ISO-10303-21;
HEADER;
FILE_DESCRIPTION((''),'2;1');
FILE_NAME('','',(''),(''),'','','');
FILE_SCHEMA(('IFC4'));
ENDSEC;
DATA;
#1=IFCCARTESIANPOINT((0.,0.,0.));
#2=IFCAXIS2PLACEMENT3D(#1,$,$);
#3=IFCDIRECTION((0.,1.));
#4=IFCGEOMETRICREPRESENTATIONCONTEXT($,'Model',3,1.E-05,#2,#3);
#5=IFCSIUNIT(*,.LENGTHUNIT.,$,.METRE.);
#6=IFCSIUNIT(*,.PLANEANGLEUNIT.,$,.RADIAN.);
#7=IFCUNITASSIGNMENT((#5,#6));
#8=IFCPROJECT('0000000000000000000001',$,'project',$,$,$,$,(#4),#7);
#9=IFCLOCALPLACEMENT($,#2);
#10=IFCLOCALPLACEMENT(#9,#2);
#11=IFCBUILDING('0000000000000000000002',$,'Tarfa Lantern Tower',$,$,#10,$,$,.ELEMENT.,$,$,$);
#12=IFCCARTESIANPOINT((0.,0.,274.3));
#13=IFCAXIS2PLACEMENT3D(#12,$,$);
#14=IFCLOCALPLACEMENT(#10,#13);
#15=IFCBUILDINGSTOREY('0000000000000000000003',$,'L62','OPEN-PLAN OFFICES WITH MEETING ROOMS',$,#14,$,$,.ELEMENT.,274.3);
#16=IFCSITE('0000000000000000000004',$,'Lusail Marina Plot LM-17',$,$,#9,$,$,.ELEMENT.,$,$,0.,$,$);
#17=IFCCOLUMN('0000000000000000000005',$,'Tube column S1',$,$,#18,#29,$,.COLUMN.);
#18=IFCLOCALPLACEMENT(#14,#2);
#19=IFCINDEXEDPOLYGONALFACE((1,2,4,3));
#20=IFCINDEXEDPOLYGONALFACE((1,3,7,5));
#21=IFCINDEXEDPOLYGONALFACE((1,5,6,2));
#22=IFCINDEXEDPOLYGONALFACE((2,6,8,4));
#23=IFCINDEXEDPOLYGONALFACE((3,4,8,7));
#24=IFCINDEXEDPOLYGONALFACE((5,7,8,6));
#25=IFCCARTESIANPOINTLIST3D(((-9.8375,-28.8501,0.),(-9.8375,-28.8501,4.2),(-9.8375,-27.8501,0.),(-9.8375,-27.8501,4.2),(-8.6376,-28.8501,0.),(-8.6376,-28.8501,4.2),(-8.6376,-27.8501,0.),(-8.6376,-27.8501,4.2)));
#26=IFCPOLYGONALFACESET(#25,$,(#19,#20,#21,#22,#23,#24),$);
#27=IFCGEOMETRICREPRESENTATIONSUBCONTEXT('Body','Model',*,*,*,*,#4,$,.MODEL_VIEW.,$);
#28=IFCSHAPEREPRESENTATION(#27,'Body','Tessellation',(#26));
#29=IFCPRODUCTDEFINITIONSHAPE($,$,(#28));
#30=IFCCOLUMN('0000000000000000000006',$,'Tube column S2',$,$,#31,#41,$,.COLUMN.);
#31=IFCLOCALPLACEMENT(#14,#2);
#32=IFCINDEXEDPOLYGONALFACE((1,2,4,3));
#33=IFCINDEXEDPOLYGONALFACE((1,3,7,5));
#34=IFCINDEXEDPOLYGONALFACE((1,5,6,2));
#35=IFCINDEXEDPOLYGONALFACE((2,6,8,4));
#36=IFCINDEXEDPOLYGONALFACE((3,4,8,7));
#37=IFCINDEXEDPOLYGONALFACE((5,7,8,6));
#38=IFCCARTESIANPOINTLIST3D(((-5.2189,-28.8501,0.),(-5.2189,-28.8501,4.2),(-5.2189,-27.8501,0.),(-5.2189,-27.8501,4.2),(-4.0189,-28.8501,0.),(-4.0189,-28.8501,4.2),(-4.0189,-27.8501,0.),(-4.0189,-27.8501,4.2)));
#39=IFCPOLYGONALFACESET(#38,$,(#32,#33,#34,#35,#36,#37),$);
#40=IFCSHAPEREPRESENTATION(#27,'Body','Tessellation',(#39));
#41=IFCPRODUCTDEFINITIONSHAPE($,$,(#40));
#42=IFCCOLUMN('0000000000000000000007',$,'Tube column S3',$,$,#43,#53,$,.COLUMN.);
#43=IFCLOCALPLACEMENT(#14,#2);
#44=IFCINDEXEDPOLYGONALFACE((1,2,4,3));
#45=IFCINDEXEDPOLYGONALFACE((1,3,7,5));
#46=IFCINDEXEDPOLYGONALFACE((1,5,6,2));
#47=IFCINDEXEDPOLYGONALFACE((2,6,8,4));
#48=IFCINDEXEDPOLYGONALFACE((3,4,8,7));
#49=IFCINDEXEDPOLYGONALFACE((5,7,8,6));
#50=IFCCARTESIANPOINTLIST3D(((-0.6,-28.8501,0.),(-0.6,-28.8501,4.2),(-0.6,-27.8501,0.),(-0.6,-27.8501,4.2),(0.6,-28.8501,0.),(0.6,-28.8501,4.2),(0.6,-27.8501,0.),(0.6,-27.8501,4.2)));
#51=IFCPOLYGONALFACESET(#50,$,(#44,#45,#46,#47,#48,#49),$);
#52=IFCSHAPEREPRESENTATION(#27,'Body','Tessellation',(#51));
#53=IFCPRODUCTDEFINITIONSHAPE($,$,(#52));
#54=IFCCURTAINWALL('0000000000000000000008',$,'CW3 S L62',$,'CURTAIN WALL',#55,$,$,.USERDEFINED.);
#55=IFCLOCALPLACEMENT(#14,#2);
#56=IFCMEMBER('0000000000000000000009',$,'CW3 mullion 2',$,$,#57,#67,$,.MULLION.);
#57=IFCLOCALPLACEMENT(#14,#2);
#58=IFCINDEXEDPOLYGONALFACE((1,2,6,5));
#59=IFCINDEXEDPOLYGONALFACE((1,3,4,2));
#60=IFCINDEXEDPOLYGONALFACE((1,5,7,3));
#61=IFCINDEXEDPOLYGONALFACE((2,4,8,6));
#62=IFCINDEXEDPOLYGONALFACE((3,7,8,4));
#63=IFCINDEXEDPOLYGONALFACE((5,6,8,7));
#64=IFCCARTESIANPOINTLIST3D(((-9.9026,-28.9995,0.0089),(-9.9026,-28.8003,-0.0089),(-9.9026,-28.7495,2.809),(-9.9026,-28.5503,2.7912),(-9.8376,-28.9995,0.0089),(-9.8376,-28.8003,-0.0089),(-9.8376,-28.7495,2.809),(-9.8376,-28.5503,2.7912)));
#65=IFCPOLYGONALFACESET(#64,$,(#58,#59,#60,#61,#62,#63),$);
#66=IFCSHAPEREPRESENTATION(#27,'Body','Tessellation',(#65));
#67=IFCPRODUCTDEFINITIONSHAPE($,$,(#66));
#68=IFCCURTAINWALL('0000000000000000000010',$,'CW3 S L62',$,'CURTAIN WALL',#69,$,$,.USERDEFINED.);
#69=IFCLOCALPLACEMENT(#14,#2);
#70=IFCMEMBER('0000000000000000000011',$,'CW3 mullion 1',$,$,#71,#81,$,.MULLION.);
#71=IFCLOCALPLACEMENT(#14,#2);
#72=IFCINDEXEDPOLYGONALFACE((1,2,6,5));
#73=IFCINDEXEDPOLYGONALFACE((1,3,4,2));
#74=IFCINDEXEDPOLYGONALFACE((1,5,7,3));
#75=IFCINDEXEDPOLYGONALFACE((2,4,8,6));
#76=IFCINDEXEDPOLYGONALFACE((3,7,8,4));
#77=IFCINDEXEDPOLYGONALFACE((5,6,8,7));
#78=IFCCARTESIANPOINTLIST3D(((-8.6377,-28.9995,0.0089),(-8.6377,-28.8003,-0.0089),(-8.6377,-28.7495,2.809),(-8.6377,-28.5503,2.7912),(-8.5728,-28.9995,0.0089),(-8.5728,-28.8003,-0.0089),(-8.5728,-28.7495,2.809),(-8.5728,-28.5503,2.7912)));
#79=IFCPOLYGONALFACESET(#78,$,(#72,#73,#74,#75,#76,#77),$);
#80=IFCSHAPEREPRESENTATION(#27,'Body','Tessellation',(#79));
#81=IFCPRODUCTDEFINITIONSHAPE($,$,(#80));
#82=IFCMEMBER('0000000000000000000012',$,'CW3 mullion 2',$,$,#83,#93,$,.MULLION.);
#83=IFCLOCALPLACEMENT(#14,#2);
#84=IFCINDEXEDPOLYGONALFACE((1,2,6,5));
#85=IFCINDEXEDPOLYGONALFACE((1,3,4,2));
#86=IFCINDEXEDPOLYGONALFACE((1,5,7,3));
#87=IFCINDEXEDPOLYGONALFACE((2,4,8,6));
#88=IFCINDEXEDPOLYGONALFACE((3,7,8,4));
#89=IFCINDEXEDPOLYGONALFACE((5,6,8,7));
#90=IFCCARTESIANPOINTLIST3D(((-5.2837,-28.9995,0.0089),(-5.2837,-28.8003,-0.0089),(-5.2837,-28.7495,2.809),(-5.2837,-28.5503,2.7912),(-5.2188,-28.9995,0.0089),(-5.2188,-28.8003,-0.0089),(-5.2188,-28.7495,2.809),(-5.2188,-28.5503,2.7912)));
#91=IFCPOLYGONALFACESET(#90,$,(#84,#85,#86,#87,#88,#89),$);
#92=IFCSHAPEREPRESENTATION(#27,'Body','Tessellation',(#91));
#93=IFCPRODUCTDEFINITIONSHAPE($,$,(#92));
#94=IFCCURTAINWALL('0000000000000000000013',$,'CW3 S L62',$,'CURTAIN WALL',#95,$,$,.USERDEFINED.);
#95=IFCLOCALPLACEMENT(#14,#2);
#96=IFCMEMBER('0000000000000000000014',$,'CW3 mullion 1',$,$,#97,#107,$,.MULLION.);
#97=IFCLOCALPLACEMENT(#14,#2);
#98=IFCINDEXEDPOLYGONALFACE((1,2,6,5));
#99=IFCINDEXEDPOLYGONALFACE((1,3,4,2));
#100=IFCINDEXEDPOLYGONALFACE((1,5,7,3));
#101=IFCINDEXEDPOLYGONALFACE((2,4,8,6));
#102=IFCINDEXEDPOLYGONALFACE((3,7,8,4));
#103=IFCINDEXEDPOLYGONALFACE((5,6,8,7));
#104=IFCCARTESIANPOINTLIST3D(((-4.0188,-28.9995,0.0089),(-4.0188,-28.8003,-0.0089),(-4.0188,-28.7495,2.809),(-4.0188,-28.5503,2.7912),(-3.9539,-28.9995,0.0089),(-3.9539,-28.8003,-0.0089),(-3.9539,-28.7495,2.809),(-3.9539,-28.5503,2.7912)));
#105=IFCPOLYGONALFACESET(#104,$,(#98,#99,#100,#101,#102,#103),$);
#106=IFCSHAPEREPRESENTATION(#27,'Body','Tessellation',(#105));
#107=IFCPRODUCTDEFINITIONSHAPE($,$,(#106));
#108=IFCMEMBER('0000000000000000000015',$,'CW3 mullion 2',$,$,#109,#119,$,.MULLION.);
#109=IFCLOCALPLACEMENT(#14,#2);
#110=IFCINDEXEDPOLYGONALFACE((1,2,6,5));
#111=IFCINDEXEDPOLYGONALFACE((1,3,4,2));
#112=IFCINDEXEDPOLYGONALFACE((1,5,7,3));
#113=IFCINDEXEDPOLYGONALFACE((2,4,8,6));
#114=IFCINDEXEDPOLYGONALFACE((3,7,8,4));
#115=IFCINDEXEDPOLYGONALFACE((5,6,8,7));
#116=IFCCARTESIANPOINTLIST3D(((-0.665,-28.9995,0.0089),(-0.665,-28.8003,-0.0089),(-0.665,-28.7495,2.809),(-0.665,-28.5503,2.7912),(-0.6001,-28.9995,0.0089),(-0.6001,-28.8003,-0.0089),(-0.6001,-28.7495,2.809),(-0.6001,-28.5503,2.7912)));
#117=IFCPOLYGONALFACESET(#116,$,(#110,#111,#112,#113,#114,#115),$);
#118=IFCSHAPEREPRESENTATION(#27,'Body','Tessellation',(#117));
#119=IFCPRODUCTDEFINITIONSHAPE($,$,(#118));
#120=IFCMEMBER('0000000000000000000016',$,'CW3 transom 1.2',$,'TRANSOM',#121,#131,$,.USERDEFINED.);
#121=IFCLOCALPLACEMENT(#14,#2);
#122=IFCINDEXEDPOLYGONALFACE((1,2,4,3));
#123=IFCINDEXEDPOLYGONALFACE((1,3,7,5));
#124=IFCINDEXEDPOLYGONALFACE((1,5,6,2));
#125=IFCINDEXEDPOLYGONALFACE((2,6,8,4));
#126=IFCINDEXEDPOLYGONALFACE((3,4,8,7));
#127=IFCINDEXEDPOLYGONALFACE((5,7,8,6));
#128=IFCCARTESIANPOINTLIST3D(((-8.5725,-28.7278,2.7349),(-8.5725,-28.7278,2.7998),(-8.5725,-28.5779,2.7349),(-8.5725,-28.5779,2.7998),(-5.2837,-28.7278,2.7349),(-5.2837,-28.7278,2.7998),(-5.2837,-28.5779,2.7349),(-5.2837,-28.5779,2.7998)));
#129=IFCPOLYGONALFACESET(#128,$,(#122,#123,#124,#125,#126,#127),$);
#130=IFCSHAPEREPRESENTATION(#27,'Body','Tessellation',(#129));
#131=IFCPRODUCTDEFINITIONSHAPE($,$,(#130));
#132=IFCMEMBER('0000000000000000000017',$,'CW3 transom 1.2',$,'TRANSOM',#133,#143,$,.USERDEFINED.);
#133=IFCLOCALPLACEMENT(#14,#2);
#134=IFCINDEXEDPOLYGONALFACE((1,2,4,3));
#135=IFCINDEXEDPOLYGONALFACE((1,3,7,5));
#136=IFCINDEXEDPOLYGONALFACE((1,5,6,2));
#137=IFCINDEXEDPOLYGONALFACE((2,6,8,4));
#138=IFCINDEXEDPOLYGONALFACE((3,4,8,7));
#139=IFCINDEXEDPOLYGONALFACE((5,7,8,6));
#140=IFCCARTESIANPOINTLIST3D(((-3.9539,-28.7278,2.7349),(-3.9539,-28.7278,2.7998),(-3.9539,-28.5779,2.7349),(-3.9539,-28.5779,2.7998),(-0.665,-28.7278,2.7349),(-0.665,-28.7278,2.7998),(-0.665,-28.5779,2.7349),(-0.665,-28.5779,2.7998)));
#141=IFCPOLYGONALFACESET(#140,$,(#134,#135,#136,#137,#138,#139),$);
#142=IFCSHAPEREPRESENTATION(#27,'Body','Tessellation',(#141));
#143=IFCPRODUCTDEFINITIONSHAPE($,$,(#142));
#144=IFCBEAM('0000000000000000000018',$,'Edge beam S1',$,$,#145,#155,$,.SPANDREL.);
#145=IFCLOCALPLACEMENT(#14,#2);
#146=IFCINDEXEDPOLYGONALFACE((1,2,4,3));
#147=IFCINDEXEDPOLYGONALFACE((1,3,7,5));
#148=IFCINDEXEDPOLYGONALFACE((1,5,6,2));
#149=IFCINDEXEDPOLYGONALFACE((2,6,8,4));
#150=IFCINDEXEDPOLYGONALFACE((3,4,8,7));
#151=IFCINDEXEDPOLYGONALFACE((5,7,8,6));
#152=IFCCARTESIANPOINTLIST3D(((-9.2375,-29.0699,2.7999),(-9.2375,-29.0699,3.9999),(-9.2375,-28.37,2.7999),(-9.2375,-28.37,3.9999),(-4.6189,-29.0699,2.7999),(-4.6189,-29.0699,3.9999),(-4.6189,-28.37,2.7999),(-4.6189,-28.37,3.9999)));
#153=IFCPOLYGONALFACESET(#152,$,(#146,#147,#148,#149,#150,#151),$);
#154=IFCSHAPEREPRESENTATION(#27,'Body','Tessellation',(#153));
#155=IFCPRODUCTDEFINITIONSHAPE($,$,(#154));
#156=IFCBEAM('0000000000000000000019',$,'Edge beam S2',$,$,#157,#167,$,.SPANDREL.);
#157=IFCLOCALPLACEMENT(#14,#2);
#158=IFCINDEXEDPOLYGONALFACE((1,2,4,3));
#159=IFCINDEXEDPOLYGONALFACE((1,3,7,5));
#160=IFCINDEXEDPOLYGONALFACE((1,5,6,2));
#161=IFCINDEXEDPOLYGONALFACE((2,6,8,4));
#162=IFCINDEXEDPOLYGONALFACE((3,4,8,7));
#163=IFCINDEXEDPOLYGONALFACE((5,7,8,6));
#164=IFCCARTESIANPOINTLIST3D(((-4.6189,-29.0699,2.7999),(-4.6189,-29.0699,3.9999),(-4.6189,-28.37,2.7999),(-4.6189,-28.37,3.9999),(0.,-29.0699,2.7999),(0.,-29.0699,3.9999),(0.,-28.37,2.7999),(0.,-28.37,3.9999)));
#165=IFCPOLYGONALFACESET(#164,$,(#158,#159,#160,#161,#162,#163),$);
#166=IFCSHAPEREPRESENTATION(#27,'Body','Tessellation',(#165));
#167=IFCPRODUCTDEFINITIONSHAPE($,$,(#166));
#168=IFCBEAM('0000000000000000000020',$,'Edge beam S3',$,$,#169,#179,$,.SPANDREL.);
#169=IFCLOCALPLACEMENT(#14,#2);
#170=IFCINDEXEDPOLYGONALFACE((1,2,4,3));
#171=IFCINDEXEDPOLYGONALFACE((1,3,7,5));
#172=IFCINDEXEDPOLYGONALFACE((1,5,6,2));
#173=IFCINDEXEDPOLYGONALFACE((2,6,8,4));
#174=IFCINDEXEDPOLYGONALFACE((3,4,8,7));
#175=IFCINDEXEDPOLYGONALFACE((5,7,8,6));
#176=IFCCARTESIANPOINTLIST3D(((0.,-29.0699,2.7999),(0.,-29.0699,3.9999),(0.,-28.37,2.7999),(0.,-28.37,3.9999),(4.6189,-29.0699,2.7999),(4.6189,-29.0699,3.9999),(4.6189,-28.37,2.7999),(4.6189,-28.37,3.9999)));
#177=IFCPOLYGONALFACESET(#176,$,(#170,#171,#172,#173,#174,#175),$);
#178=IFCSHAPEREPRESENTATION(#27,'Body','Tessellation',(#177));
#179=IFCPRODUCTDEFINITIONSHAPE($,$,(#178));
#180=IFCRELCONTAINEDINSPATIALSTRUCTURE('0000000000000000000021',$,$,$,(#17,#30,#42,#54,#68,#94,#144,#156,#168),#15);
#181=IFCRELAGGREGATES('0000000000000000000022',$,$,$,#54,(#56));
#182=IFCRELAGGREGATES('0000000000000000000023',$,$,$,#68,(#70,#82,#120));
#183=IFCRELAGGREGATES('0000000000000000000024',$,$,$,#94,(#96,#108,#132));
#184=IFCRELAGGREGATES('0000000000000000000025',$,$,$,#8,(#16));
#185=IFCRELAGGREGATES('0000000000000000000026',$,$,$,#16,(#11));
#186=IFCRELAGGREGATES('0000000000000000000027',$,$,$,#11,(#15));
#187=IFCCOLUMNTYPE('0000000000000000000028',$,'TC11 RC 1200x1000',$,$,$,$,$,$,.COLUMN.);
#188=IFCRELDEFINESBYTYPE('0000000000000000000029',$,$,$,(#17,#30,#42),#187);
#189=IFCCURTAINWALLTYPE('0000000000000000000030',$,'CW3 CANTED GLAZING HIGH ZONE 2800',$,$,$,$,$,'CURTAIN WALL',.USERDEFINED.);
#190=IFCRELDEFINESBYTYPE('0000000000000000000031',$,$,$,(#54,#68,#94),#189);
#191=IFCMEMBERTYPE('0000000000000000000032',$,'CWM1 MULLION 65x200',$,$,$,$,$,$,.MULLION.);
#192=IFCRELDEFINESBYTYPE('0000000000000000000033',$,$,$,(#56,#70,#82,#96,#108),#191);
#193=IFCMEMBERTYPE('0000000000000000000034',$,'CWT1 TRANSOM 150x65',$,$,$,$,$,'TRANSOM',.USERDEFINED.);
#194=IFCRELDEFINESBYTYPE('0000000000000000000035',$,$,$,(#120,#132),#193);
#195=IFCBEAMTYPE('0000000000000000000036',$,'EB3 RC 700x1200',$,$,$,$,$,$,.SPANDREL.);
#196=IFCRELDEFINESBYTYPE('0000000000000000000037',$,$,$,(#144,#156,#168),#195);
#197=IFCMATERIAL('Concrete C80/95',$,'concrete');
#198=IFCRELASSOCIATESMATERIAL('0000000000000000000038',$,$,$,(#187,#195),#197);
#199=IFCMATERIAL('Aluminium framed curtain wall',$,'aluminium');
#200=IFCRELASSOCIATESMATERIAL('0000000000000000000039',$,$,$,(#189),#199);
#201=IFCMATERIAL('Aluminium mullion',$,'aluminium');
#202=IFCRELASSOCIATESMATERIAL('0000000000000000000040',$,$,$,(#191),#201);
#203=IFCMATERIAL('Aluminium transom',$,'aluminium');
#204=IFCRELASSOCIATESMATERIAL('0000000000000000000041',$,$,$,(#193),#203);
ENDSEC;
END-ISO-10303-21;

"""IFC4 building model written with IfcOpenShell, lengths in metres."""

from ifc_helpers import new_model, si_unit, direction, frame, origin, origin_2d, place, context, subcontext, project, spatial, rectangle, extrude, material, material_profile, profile_set, type_object, element, aggregate, save


model = new_model("IFC4")

# Units and contexts
model_context = context("Model", 3, precision=1e-05, world=origin(), true_north=direction((0.0, 1.0)))
body_context = subcontext(model_context, "Body", "Model", "MODEL_VIEW")
ifc_project = project(units=[si_unit("LENGTHUNIT", "METRE"), si_unit("PLANEANGLEUNIT", "RADIAN")], contexts=[model_context])

# Site, building, storey
site_placement = place(None, origin())
site = spatial("IfcSite", under=ifc_project, at=site_placement, Name="Lusail Marina Plot LM-17", CompositionType="ELEMENT", RefElevation=0.0)
building_placement = place(site_placement, origin())
building = spatial("IfcBuilding", under=site, at=building_placement, Name="Tarfa Lantern Tower", CompositionType="ELEMENT")
storey_placement = place(building_placement, frame((0.0, 0.0, 274.3)))
storey = spatial("IfcBuildingStorey", under=building, at=storey_placement, Name="L62", Description="OPEN-PLAN OFFICES WITH MEETING ROOMS", CompositionType="ELEMENT", Elevation=274.3)

# Columns
ifc_material_1 = material(Name="Concrete C80/95", Category="concrete")
ifc_material_profile_1 = material_profile(ifc_material_1, rectangle(XDim=1.2, YDim=1.0, at=origin_2d()), Name="RC 1200x1000")
ifc_profile_set_1 = profile_set([ifc_material_profile_1], Name="Concrete C80/95")
column_type = type_object("IfcColumnType", Name="TC11 RC 1200x1000", PredefinedType="COLUMN", material=ifc_profile_set_1)
for number, where, z_axis, x_axis, name in (
    (1, (-9.2375, -28.3501, 0.0), (0.0, 0.0, 1.0), (1.0, 0.0, 0.0), "Tube column S1"),
    (2, (-4.6189, -28.3501, 0.0), (0.0, 0.0, 1.0), (1.0, 0.0, 0.0), "Tube column S2"),
    (3, (0.0, -28.3501, 0.0), (0.0, 0.0, 1.0), (1.0, 0.0, 0.0), "Tube column S3"),
):
    element("IfcColumn", number, at=place(storey_placement, frame(where, z_axis=z_axis, x_axis=x_axis)), inside=storey, type_object=column_type, Name=name, PredefinedType="COLUMN", context=body_context, shape_type="SweptSolid", body=[
        extrude(rectangle(XDim=1.2, YDim=1.0, at=origin_2d()), origin(), (0.0, 0.0, 1.0), 4.2),
    ])

# Curtain wall, member
ifc_material_2 = material(Name="Aluminium framed curtain wall", Category="aluminium")
curtain_wall_type = type_object("IfcCurtainWallType", Name="CW3 CANTED GLAZING HIGH ZONE 2800", ElementType="CURTAIN WALL", PredefinedType="USERDEFINED", material=ifc_material_2)
curtain_wall_1_placement = place(storey_placement, origin())
curtain_wall_1 = element("IfcCurtainWall", 4, at=curtain_wall_1_placement, inside=storey, type_object=curtain_wall_type, Name="CW3 S L62", ObjectType="CURTAIN WALL", PredefinedType="USERDEFINED")
ifc_material_3 = material(Name="Aluminium mullion", Category="aluminium")
ifc_material_profile_2 = material_profile(ifc_material_3, rectangle(XDim=0.0649, YDim=0.2, at=origin_2d()), Name="AL MULLION 65x200")
ifc_profile_set_2 = profile_set([ifc_material_profile_2], Name="Aluminium mullion")
member_type_1 = type_object("IfcMemberType", Name="CWM1 MULLION 65x200", PredefinedType="MULLION", material=ifc_profile_set_2)
member_1_placement = place(storey_placement, frame((-9.8701, -28.8999, 0.0), z_axis=(0.0, 0.08893, 0.996038), x_axis=(-1.0, 0.0, 0.0)))
member_1 = element("IfcMember", 5, at=member_1_placement, type_object=member_type_1, Name="CW3 mullion 2", PredefinedType="MULLION", context=body_context, shape_type="SweptSolid", body=[
    extrude(rectangle(XDim=0.0649, YDim=0.2, at=origin_2d()), origin(), (0.0, 0.0, 1.0), 2.8113),
])
aggregate(curtain_wall_1, [member_1])

# Curtain walls, members
curtain_wall_2_placement = place(storey_placement, origin())
curtain_wall_2 = element("IfcCurtainWall", 6, at=curtain_wall_2_placement, inside=storey, type_object=curtain_wall_type, Name="CW3 S L62", ObjectType="CURTAIN WALL", PredefinedType="USERDEFINED")
member_2_placement = place(storey_placement, frame((-8.6052, -28.8999, 0.0), z_axis=(0.0, 0.08893, 0.996038), x_axis=(-1.0, 0.0, 0.0)))
member_2 = element("IfcMember", 7, at=member_2_placement, type_object=member_type_1, Name="CW3 mullion 1", PredefinedType="MULLION", context=body_context, shape_type="SweptSolid", body=[
    extrude(rectangle(XDim=0.0649, YDim=0.2, at=origin_2d()), origin(), (0.0, 0.0, 1.0), 2.8113),
])
member_3_placement = place(storey_placement, frame((-5.2512, -28.8999, 0.0), z_axis=(0.0, 0.08893, 0.996038), x_axis=(-1.0, 0.0, 0.0)))
member_3 = element("IfcMember", 8, at=member_3_placement, type_object=member_type_1, Name="CW3 mullion 2", PredefinedType="MULLION", context=body_context, shape_type="SweptSolid", body=[
    extrude(rectangle(XDim=0.0649, YDim=0.2, at=origin_2d()), origin(), (0.0, 0.0, 1.0), 2.8113),
])
curtain_wall_3_placement = place(storey_placement, origin())
curtain_wall_3 = element("IfcCurtainWall", 9, at=curtain_wall_3_placement, inside=storey, type_object=curtain_wall_type, Name="CW3 S L62", ObjectType="CURTAIN WALL", PredefinedType="USERDEFINED")
member_4_placement = place(storey_placement, frame((-3.9863, -28.8999, 0.0), z_axis=(0.0, 0.08893, 0.996038), x_axis=(-1.0, 0.0, 0.0)))
member_4 = element("IfcMember", 10, at=member_4_placement, type_object=member_type_1, Name="CW3 mullion 1", PredefinedType="MULLION", context=body_context, shape_type="SweptSolid", body=[
    extrude(rectangle(XDim=0.0649, YDim=0.2, at=origin_2d()), origin(), (0.0, 0.0, 1.0), 2.8113),
])
member_5_placement = place(storey_placement, frame((-0.6326, -28.8999, 0.0), z_axis=(0.0, 0.08893, 0.996038), x_axis=(-1.0, 0.0, 0.0)))
member_5 = element("IfcMember", 11, at=member_5_placement, type_object=member_type_1, Name="CW3 mullion 2", PredefinedType="MULLION", context=body_context, shape_type="SweptSolid", body=[
    extrude(rectangle(XDim=0.0649, YDim=0.2, at=origin_2d()), origin(), (0.0, 0.0, 1.0), 2.8113),
])

# Members
ifc_material_4 = material(Name="Aluminium transom", Category="aluminium")
ifc_material_profile_3 = material_profile(ifc_material_4, rectangle(XDim=0.1499, YDim=0.0649, at=origin_2d()), Name="AL TRANSOM 150x65")
ifc_profile_set_3 = profile_set([ifc_material_profile_3], Name="Aluminium transom")
member_type_2 = type_object("IfcMemberType", Name="CWT1 TRANSOM 150x65", ElementType="TRANSOM", PredefinedType="USERDEFINED", material=ifc_profile_set_3)
member_6_placement = place(storey_placement, frame((-8.5725, -28.6528, 2.7673), z_axis=(1.0, 0.0, 0.0), x_axis=(0.0, 1.0, 0.0)))
member_6 = element("IfcMember", 12, at=member_6_placement, type_object=member_type_2, Name="CW3 transom 1.2", ObjectType="TRANSOM", PredefinedType="USERDEFINED", context=body_context, shape_type="SweptSolid", body=[
    extrude(rectangle(XDim=0.1499, YDim=0.0649, at=origin_2d()), origin(), (0.0, 0.0, 1.0), 3.2888),
])
member_7_placement = place(storey_placement, frame((-3.9539, -28.6528, 2.7673), z_axis=(1.0, 0.0, 0.0), x_axis=(0.0, 1.0, 0.0)))
member_7 = element("IfcMember", 13, at=member_7_placement, type_object=member_type_2, Name="CW3 transom 1.2", ObjectType="TRANSOM", PredefinedType="USERDEFINED", context=body_context, shape_type="SweptSolid", body=[
    extrude(rectangle(XDim=0.1499, YDim=0.0649, at=origin_2d()), origin(), (0.0, 0.0, 1.0), 3.2888),
])

# Beams
ifc_material_profile_4 = material_profile(ifc_material_1, rectangle(XDim=0.7, YDim=1.2, at=origin_2d()), Name="RC 700x1200")
ifc_profile_set_4 = profile_set([ifc_material_profile_4], Name="Concrete C80/95")
beam_type_1 = type_object("IfcBeamType", Name="EB3 RC 700x1200", PredefinedType="SPANDREL", material=ifc_profile_set_4)
beam_placement = place(storey_placement, frame((-9.2375, -28.72, 3.3999), z_axis=(1.0, 0.0, 0.0), x_axis=(0.0, 1.0, 0.0)))
element("IfcBeam", 14, at=beam_placement, inside=storey, type_object=beam_type_1, Name="Edge beam S1", PredefinedType="SPANDREL", context=body_context, shape_type="SweptSolid", body=[
    extrude(rectangle(XDim=0.7, YDim=1.2, at=origin_2d()), origin(), (0.0, 0.0, 1.0), 4.6187),
])
for number, where, z_axis, x_axis, name in (
    (15, (-4.6189, -28.72, 3.3999), (1.0, 0.0, 0.0), (0.0, 1.0, 0.0), "Edge beam S2"),
    (16, (0.0, -28.72, 3.3999), (1.0, 0.0, 0.0), (0.0, 1.0, 0.0), "Edge beam S3"),
):
    element("IfcBeam", number, at=place(storey_placement, frame(where, z_axis=z_axis, x_axis=x_axis)), inside=storey, type_object=beam_type_1, Name=name, PredefinedType="SPANDREL", context=body_context, shape_type="SweptSolid", body=[
        extrude(rectangle(XDim=0.7, YDim=1.2, at=origin_2d()), origin(), (0.0, 0.0, 1.0), 4.6189),
    ])

aggregate(curtain_wall_2, [member_2, member_3, member_6])
aggregate(curtain_wall_3, [member_4, member_5, member_7])

save(model, "model.ifc")
